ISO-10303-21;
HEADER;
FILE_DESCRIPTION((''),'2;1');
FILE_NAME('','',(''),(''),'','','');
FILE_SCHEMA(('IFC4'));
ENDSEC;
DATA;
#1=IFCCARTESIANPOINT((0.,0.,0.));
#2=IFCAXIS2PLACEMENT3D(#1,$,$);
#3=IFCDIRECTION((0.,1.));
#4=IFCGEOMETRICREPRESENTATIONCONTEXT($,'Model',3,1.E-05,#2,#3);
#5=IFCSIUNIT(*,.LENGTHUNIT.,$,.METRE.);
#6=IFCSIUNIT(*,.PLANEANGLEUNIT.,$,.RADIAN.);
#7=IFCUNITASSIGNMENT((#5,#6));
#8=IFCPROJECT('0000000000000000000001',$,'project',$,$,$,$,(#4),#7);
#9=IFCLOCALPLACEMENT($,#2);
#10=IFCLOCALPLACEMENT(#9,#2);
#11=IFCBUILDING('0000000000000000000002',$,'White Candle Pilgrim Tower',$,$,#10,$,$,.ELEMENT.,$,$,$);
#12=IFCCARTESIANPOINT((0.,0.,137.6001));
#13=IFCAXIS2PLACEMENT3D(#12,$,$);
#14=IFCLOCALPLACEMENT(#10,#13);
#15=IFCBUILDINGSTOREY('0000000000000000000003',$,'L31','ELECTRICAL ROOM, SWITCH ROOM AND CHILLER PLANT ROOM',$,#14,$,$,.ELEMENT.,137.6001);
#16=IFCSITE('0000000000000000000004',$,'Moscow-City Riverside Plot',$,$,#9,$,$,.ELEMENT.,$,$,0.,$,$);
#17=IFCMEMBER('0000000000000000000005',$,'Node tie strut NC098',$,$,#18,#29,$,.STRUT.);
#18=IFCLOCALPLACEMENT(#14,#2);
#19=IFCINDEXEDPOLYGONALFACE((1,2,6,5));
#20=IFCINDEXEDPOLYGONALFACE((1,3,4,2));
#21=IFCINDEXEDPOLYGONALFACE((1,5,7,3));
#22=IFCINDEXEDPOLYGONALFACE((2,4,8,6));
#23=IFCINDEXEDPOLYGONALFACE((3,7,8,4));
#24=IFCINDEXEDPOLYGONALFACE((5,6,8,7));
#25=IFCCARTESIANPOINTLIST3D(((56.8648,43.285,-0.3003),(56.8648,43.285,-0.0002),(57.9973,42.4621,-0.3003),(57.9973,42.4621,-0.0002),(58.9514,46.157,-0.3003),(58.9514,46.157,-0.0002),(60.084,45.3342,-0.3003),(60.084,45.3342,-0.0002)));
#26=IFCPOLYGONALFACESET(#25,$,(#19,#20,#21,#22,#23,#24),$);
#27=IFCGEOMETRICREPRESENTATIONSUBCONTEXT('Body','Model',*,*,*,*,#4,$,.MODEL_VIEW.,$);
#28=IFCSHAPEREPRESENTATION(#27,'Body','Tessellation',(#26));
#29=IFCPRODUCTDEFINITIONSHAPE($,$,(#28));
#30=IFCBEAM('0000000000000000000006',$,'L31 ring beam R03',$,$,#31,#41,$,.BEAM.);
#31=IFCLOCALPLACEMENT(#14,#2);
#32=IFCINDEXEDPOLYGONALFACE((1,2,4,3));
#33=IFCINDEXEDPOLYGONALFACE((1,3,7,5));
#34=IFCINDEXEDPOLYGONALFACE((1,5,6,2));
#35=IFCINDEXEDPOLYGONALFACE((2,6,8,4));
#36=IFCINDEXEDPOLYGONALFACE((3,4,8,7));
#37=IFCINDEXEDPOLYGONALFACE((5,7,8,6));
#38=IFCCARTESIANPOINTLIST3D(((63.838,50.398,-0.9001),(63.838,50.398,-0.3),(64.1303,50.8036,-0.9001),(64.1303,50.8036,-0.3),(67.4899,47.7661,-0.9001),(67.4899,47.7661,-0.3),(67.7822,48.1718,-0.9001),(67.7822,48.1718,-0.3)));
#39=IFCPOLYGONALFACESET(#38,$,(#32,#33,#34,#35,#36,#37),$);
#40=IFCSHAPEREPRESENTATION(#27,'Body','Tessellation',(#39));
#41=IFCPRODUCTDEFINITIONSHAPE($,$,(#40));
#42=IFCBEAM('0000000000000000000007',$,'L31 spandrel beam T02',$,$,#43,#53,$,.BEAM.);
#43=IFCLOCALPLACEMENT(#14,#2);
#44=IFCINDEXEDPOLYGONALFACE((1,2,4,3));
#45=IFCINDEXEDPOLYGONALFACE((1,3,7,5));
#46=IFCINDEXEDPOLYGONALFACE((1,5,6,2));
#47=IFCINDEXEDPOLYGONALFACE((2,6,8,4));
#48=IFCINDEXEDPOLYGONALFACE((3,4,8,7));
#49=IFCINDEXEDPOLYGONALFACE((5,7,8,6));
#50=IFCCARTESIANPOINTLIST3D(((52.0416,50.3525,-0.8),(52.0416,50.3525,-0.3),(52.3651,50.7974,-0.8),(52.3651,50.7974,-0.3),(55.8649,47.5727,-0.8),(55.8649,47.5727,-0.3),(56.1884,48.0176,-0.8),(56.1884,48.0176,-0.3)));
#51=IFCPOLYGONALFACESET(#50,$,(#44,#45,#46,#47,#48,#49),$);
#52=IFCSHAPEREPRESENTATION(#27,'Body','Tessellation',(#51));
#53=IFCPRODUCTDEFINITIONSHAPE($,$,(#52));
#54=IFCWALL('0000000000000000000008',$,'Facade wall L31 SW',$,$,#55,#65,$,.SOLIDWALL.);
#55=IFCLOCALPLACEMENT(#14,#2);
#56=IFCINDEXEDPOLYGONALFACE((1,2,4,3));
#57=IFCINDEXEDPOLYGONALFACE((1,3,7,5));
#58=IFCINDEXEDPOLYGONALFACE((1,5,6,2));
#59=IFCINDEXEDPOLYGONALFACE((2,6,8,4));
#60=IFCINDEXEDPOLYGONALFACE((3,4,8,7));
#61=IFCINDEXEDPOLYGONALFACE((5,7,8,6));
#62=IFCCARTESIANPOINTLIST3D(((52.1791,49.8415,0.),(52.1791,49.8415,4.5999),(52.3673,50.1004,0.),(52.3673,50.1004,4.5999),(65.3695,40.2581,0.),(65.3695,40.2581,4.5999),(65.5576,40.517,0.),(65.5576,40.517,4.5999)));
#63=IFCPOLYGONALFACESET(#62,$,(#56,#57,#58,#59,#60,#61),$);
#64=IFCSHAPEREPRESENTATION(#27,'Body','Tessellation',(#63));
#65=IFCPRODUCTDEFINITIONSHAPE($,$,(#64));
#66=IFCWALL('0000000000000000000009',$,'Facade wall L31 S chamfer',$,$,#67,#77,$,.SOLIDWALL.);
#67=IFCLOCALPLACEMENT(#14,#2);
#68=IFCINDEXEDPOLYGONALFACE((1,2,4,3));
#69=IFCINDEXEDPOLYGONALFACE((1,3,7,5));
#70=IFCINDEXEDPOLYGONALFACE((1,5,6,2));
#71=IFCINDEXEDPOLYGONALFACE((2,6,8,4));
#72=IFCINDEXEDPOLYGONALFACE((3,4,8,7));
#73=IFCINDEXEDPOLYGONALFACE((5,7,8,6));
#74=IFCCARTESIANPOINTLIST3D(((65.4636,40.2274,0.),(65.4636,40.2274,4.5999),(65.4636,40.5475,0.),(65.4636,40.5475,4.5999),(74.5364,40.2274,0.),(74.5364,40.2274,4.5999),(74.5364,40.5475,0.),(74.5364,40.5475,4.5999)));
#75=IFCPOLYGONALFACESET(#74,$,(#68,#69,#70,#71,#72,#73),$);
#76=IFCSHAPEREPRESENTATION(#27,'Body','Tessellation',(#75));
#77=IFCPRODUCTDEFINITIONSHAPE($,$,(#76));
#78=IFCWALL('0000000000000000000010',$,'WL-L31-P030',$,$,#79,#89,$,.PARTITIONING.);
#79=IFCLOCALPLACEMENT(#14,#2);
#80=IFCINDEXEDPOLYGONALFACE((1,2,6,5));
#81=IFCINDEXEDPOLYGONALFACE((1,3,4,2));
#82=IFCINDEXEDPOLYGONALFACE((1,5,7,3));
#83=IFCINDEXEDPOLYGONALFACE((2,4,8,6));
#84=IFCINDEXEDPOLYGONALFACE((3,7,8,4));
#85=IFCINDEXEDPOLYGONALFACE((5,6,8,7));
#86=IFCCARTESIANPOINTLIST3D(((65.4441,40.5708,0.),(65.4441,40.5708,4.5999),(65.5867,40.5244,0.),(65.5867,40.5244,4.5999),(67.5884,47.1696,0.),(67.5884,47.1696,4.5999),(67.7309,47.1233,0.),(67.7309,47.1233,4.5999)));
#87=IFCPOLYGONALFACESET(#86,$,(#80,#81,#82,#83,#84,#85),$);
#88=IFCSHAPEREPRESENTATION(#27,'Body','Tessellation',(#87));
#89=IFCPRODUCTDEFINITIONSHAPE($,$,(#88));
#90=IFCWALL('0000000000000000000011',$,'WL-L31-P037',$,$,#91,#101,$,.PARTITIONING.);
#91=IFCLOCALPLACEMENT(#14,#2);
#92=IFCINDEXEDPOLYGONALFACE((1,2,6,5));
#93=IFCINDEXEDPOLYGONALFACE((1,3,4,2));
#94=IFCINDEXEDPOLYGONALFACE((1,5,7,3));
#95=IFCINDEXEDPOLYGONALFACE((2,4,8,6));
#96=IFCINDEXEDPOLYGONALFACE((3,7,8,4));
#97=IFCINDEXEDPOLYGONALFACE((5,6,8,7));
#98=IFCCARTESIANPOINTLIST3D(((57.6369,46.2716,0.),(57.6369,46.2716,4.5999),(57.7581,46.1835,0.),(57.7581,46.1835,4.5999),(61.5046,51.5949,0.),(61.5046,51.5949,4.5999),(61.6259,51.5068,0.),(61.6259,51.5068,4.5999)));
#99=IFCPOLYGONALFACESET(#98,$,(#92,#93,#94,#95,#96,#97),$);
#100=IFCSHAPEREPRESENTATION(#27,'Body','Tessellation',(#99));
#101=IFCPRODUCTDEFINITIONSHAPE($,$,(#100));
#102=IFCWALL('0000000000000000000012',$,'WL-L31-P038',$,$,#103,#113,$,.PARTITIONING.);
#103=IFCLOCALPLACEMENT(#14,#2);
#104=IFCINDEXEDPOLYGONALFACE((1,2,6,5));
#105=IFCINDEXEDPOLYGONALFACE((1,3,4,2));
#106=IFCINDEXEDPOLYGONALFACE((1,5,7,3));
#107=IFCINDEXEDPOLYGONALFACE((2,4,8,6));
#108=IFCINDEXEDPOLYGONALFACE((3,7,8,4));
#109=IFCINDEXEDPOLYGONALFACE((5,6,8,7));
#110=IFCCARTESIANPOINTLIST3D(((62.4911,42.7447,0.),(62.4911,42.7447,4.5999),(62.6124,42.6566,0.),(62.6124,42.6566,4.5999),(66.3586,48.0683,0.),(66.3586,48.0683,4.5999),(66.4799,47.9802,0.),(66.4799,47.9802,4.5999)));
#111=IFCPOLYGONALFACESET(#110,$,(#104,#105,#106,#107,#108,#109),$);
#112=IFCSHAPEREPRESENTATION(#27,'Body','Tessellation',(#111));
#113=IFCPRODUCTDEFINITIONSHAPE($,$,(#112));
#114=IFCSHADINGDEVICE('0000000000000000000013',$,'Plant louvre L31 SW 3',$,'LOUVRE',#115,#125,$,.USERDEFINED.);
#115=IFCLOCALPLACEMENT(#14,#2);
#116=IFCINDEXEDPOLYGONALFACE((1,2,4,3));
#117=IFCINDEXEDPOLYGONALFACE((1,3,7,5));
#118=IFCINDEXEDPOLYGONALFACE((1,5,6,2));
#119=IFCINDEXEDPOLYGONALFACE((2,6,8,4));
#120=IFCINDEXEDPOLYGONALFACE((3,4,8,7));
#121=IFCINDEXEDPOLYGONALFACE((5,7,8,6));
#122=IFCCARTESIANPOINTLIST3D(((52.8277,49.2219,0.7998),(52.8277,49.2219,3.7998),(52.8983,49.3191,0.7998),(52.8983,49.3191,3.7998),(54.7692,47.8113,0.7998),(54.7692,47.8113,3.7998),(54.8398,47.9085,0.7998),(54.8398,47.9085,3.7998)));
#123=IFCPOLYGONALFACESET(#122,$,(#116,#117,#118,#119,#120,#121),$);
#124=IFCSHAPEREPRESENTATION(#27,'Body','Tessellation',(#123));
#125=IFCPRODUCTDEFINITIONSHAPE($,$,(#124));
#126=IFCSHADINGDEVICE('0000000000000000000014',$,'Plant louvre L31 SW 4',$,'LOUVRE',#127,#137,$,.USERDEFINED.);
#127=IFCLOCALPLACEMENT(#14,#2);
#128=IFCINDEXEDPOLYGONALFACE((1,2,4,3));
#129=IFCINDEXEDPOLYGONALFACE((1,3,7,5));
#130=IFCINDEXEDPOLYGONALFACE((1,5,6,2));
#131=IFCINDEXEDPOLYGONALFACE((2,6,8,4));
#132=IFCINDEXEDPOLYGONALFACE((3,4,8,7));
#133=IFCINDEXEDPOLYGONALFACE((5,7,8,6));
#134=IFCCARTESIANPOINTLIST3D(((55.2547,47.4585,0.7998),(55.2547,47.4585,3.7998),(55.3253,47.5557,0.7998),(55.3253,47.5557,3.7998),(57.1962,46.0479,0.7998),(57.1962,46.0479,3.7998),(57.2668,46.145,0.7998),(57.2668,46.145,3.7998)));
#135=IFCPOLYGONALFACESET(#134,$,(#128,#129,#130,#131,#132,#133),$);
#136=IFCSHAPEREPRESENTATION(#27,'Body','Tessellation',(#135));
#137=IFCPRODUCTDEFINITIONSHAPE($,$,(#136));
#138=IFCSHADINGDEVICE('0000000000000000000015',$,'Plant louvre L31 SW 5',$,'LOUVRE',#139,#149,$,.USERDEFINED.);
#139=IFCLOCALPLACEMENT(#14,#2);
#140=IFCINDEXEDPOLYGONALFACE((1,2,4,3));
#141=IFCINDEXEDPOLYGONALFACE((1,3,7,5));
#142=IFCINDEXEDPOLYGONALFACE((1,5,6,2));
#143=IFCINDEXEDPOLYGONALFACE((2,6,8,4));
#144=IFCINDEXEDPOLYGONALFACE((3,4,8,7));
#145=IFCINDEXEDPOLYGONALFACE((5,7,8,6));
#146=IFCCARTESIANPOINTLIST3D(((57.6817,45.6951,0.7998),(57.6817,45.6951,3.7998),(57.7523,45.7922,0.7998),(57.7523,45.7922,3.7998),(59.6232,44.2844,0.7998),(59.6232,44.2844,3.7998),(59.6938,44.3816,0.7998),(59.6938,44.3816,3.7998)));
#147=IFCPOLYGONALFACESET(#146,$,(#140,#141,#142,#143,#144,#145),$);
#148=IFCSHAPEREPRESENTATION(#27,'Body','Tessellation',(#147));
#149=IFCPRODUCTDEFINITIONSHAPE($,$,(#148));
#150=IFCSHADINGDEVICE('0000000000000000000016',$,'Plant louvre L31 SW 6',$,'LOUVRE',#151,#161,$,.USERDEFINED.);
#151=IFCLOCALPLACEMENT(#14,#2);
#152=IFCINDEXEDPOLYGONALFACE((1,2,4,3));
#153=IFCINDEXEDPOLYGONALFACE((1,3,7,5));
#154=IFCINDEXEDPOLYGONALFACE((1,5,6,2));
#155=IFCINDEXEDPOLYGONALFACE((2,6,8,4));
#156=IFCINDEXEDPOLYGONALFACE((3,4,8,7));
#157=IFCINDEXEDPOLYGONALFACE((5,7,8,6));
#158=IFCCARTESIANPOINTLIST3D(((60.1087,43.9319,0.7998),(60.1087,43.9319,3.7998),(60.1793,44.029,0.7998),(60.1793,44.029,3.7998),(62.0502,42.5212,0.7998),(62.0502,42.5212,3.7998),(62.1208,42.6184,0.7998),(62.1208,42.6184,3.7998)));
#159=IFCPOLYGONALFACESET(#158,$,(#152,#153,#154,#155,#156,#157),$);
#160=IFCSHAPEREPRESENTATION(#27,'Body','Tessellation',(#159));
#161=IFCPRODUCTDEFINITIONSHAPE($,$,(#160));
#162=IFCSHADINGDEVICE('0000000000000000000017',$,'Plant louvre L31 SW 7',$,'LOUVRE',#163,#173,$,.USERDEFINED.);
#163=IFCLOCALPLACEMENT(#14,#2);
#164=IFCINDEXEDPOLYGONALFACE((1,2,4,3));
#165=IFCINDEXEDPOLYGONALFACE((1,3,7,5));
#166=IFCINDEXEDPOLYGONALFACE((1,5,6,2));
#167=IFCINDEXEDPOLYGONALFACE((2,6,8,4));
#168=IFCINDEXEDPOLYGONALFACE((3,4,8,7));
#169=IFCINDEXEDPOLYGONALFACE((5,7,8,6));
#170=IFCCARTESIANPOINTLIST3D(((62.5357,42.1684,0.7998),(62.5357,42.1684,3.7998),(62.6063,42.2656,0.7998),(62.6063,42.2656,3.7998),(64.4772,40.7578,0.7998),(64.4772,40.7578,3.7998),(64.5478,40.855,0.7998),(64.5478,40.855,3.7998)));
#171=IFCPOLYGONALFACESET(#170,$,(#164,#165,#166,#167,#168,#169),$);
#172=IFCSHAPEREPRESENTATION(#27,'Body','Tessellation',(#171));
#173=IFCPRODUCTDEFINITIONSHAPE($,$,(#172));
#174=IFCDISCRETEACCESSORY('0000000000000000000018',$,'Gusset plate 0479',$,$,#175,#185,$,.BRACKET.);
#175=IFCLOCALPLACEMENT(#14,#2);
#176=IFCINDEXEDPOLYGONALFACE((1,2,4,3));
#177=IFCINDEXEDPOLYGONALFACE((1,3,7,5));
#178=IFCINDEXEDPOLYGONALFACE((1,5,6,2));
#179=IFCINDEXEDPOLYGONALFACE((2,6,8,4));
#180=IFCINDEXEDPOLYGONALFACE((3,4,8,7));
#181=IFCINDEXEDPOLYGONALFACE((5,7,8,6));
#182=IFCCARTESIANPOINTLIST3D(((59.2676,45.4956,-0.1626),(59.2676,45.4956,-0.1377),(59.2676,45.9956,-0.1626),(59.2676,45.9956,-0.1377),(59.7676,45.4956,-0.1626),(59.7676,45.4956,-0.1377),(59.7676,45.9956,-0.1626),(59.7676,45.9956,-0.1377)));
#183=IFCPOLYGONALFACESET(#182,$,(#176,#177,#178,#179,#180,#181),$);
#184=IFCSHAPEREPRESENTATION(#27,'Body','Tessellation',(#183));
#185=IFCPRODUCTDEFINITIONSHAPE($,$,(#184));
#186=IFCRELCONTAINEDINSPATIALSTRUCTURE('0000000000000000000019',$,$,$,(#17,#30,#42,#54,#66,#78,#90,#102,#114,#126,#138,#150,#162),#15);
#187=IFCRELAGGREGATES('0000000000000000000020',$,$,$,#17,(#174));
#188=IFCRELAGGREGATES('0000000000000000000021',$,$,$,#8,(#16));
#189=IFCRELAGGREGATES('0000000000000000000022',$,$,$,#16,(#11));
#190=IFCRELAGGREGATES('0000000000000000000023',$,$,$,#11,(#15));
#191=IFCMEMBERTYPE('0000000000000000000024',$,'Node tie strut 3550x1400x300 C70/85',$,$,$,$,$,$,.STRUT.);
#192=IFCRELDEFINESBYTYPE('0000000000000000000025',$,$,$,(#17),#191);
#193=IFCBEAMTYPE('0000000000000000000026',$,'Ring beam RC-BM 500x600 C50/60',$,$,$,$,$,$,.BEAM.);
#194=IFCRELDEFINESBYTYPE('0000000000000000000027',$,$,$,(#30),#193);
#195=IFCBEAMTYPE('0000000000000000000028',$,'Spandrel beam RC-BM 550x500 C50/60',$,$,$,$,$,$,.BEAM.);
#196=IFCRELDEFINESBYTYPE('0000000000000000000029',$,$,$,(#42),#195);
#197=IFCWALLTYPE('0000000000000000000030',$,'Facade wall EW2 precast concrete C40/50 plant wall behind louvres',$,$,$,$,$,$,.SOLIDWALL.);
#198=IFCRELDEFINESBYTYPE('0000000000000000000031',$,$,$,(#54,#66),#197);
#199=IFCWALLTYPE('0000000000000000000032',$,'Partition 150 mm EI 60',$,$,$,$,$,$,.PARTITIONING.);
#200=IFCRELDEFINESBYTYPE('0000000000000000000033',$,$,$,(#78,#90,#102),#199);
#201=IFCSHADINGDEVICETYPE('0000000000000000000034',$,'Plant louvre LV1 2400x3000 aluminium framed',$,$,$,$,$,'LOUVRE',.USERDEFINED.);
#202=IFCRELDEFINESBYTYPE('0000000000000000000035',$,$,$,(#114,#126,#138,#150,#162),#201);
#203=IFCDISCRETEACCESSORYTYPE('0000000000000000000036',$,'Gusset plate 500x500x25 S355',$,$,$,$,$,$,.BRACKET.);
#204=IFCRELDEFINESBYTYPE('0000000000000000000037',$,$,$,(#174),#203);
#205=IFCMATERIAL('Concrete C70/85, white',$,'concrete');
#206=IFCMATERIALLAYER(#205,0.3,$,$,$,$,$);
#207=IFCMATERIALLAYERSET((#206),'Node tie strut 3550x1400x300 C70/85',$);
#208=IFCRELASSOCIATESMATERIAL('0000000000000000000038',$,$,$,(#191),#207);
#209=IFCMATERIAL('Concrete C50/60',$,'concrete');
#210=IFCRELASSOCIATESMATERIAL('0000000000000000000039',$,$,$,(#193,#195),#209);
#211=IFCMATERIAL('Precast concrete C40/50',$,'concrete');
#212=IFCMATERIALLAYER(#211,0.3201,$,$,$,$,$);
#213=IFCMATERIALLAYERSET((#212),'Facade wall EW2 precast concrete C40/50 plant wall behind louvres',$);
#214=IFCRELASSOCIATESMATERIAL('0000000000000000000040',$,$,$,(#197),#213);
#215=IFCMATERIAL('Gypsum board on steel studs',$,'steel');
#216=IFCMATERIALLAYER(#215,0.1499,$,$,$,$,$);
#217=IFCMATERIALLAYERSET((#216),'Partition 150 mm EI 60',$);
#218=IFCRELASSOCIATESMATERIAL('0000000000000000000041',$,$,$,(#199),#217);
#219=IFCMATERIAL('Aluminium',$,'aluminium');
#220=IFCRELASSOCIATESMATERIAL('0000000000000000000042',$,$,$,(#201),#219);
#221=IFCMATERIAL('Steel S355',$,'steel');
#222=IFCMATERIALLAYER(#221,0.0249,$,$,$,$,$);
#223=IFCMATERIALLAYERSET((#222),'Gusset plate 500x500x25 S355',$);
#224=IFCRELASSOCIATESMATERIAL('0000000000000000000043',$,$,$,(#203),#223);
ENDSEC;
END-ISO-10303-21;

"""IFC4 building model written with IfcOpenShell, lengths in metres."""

from ifc_helpers import new_model, si_unit, direction, frame, frame_2d, origin, origin_2d, place, context, subcontext, project, spatial, rectangle, extrude, material, layer, layer_set, material_profile, profile_set, type_object, element, aggregate, save


model = new_model("IFC4")

# Units and contexts
model_context = context("Model", 3, precision=1e-05, world=origin(), true_north=direction((0.0, 1.0)))
body_context = subcontext(model_context, "Body", "Model", "MODEL_VIEW")
ifc_project = project(units=[si_unit("LENGTHUNIT", "METRE"), si_unit("PLANEANGLEUNIT", "RADIAN")], contexts=[model_context])

# Site, building, storey
site_placement = place(None, origin())
site = spatial("IfcSite", under=ifc_project, at=site_placement, Name="Moscow-City Riverside Plot", CompositionType="ELEMENT", RefElevation=0.0)
building_placement = place(site_placement, origin())
building = spatial("IfcBuilding", under=site, at=building_placement, Name="White Candle Pilgrim Tower", CompositionType="ELEMENT")
storey_placement = place(building_placement, frame((0.0, 0.0, 137.6001)))
storey = spatial("IfcBuildingStorey", under=building, at=storey_placement, Name="L31", Description="ELECTRICAL ROOM, SWITCH ROOM AND CHILLER PLANT ROOM", CompositionType="ELEMENT", Elevation=137.6001)

# Member
ifc_material_1 = material(Name="Steel S355", Category="steel")
ifc_material_2 = material(Name="Concrete C70/85, white", Category="concrete")
ifc_layer_1 = layer(ifc_material_2, 0.3)
ifc_layer_set_1 = layer_set([ifc_layer_1], Name="Node tie strut 3550x1400x300 C70/85")
member_type_1 = type_object("IfcMemberType", Name="Node tie strut 3550x1400x300 C70/85", PredefinedType="STRUT", material=ifc_layer_set_1)
member_1_placement = place(storey_placement, frame((58.4744, 44.3096, -0.3003), z_axis=(0.0, 0.0, 1.0), x_axis=(0.809017, -0.587785, 0.0)))
member_1 = element("IfcMember", 1, at=member_1_placement, inside=storey, type_object=member_type_1, Name="Node tie strut NC098", PredefinedType="STRUT", context=body_context, shape_type="SweptSolid", body=[
    extrude(rectangle(XDim=1.3999, YDim=3.55, at=origin_2d()), origin(), (0.0, 0.0, 1.0), 0.3),
])

# Beams
ifc_material_3 = material(Name="Concrete C50/60", Category="concrete")
ifc_material_profile_1 = material_profile(ifc_material_3, rectangle(XDim=0.5, YDim=0.6001, at=origin_2d()), Name="RC-BM 500x600")
ifc_profile_set_1 = profile_set([ifc_material_profile_1], Name="Concrete C50/60")
beam_type_1 = type_object("IfcBeamType", Name="Ring beam RC-BM 500x600 C50/60", PredefinedType="BEAM", material=ifc_profile_set_1)
beam_1_placement = place(storey_placement, frame((63.9841, 50.6008, -0.6001), z_axis=(0.811271, -0.58467, 0.0), x_axis=(0.58467, 0.811271, 0.0)))
element("IfcBeam", 2, at=beam_1_placement, inside=storey, type_object=beam_type_1, Name="L31 ring beam R03", PredefinedType="BEAM", context=body_context, shape_type="SweptSolid", body=[
    extrude(rectangle(XDim=0.5, YDim=0.6001, at=origin_2d()), origin(), (0.0, 0.0, 1.0), 4.5015),
])
ifc_material_profile_2 = material_profile(ifc_material_3, rectangle(XDim=0.55, YDim=0.5, at=origin_2d()), Name="RC-BM 550x500")
ifc_profile_set_2 = profile_set([ifc_material_profile_2], Name="Concrete C50/60")
beam_type_2 = type_object("IfcBeamType", Name="Spandrel beam RC-BM 550x500 C50/60", PredefinedType="BEAM", material=ifc_profile_set_2)
beam_2_placement = place(storey_placement, frame((52.2034, 50.575, -0.55), z_axis=(0.808812, -0.588067, 0.0), x_axis=(0.588067, 0.808812, 0.0)))
element("IfcBeam", 3, at=beam_2_placement, inside=storey, type_object=beam_type_2, Name="L31 spandrel beam T02", PredefinedType="BEAM", context=body_context, shape_type="SweptSolid", body=[
    extrude(rectangle(XDim=0.55, YDim=0.5, at=origin_2d()), origin(), (0.0, 0.0, 1.0), 4.7271),
])

# Walls
ifc_material_4 = material(Name="Precast concrete C40/50", Category="concrete")
ifc_layer_2 = layer(ifc_material_4, 0.3201)
ifc_layer_set_2 = layer_set([ifc_layer_2], Name="Facade wall EW2 precast concrete C40/50 plant wall behind louvres")
wall_type_1 = type_object("IfcWallType", Name="Facade wall EW2 precast concrete C40/50 plant wall behind louvres", PredefinedType="SOLIDWALL", material=ifc_layer_set_2)
wall_1_placement = place(storey_placement, frame((52.2732, 49.9709, 0.0), z_axis=(0.0, 0.0, 1.0), x_axis=(0.809014, -0.587789, 0.0)))
element("IfcWall", 4, at=wall_1_placement, inside=storey, type_object=wall_type_1, Name="Facade wall L31 SW", PredefinedType="SOLIDWALL", context=body_context, shape_type="SweptSolid", body=[
    extrude(rectangle(XDim=16.3042, YDim=0.3201, at=frame_2d((8.1521, 0.0))), origin(), (0.0, 0.0, 1.0), 4.5999),
])
wall_2_placement = place(storey_placement, frame((65.4636, 40.3875, 0.0), z_axis=(0.0, 0.0, 1.0), x_axis=(1.0, 0.0, 0.0)))
element("IfcWall", 5, at=wall_2_placement, inside=storey, type_object=wall_type_1, Name="Facade wall L31 S chamfer", PredefinedType="SOLIDWALL", context=body_context, shape_type="SweptSolid", body=[
    extrude(rectangle(XDim=9.0728, YDim=0.3201, at=frame_2d((4.5364, 0.0))), origin(), (0.0, 0.0, 1.0), 4.5999),
])
ifc_material_5 = material(Name="Gypsum board on steel studs", Category="steel")
ifc_layer_3 = layer(ifc_material_5, 0.1499)
ifc_layer_set_3 = layer_set([ifc_layer_3], Name="Partition 150 mm EI 60")
wall_type_2 = type_object("IfcWallType", Name="Partition 150 mm EI 60", PredefinedType="PARTITIONING", material=ifc_layer_set_3)
wall_3_placement = place(storey_placement, frame((65.5154, 40.5476, 0.0), z_axis=(0.0, 0.0, 1.0), x_axis=(0.309041, 0.951049, 0.0)))
element("IfcWall", 6, at=wall_3_placement, inside=storey, type_object=wall_type_2, Name="WL-L31-P030", PredefinedType="PARTITIONING", context=body_context, shape_type="SweptSolid", body=[
    extrude(rectangle(XDim=6.9385, YDim=0.1499, at=frame_2d((3.4692, 0.0))), origin(), (0.0, 0.0, 1.0), 4.5999),
])
for number, where, z_axis, x_axis, name in (
    (7, (57.6975, 46.2275, 0.0), (0.0, 0.0, 1.0), (0.587797, 0.809009, 0.0), "WL-L31-P037"),
    (8, (62.5518, 42.7007, 0.0), (0.0, 0.0, 1.0), (0.587755, 0.809039, 0.0), "WL-L31-P038"),
):
    element("IfcWall", number, at=place(storey_placement, frame(where, z_axis=z_axis, x_axis=x_axis)), inside=storey, type_object=wall_type_2, Name=name, PredefinedType="PARTITIONING", context=body_context, shape_type="SweptSolid", body=[
        extrude(rectangle(XDim=6.5801, YDim=0.1499, at=frame_2d((3.29, 0.0))), origin(), (0.0, 0.0, 1.0), 4.5999),
    ])

# Shading devices
ifc_material_6 = material(Name="Aluminium", Category="aluminium")
shading_device_type = type_object("IfcShadingDeviceType", Name="Plant louvre LV1 2400x3000 aluminium framed", ElementType="LOUVRE", PredefinedType="USERDEFINED", material=ifc_material_6)
for number, where, z_axis, x_axis, name in (
    (9, (53.8337, 48.5652, 0.7998), (0.0, 0.0, 1.0), (0.809017, -0.587785, 0.0), "Plant louvre L31 SW 3"),
    (10, (56.2607, 46.8018, 0.7998), (0.0, 0.0, 1.0), (0.809017, -0.587785, 0.0), "Plant louvre L31 SW 4"),
    (11, (58.6877, 45.0383, 0.7998), (0.0, 0.0, 1.0), (0.809017, -0.587785, 0.0), "Plant louvre L31 SW 5"),
    (12, (61.1147, 43.2751, 0.7998), (0.0, 0.0, 1.0), (0.809017, -0.587785, 0.0), "Plant louvre L31 SW 6"),
    (13, (63.5417, 41.5117, 0.7998), (0.0, 0.0, 1.0), (0.809017, -0.587785, 0.0), "Plant louvre L31 SW 7"),
):
    element("IfcShadingDevice", number, at=place(storey_placement, frame(where, z_axis=z_axis, x_axis=x_axis)), inside=storey, type_object=shading_device_type, Name=name, ObjectType="LOUVRE", PredefinedType="USERDEFINED", context=body_context, shape_type="SweptSolid", body=[
        extrude(rectangle(XDim=2.3999, YDim=0.1201, at=origin_2d()), origin(), (0.0, 0.0, 1.0), 3.0),
    ])

# Discrete accessory
ifc_layer_4 = layer(ifc_material_1, 0.0249)
ifc_layer_set_4 = layer_set([ifc_layer_4], Name="Gusset plate 500x500x25 S355")
discrete_accessory_type = type_object("IfcDiscreteAccessoryType", Name="Gusset plate 500x500x25 S355", PredefinedType="BRACKET", material=ifc_layer_set_4)
discrete_accessory_1_placement = place(storey_placement, frame((59.5176, 45.7456, -0.1626), z_axis=(0.0, 0.0, 1.0), x_axis=(1.0, 0.0, 0.0)))
discrete_accessory_1 = element("IfcDiscreteAccessory", 14, at=discrete_accessory_1_placement, type_object=discrete_accessory_type, Name="Gusset plate 0479", PredefinedType="BRACKET", context=body_context, shape_type="SweptSolid", body=[
    extrude(rectangle(XDim=0.5, YDim=0.5, at=origin_2d()), origin(), (0.0, 0.0, 1.0), 0.0249),
])
aggregate(member_1, [discrete_accessory_1])

save(model, "model.ifc")
